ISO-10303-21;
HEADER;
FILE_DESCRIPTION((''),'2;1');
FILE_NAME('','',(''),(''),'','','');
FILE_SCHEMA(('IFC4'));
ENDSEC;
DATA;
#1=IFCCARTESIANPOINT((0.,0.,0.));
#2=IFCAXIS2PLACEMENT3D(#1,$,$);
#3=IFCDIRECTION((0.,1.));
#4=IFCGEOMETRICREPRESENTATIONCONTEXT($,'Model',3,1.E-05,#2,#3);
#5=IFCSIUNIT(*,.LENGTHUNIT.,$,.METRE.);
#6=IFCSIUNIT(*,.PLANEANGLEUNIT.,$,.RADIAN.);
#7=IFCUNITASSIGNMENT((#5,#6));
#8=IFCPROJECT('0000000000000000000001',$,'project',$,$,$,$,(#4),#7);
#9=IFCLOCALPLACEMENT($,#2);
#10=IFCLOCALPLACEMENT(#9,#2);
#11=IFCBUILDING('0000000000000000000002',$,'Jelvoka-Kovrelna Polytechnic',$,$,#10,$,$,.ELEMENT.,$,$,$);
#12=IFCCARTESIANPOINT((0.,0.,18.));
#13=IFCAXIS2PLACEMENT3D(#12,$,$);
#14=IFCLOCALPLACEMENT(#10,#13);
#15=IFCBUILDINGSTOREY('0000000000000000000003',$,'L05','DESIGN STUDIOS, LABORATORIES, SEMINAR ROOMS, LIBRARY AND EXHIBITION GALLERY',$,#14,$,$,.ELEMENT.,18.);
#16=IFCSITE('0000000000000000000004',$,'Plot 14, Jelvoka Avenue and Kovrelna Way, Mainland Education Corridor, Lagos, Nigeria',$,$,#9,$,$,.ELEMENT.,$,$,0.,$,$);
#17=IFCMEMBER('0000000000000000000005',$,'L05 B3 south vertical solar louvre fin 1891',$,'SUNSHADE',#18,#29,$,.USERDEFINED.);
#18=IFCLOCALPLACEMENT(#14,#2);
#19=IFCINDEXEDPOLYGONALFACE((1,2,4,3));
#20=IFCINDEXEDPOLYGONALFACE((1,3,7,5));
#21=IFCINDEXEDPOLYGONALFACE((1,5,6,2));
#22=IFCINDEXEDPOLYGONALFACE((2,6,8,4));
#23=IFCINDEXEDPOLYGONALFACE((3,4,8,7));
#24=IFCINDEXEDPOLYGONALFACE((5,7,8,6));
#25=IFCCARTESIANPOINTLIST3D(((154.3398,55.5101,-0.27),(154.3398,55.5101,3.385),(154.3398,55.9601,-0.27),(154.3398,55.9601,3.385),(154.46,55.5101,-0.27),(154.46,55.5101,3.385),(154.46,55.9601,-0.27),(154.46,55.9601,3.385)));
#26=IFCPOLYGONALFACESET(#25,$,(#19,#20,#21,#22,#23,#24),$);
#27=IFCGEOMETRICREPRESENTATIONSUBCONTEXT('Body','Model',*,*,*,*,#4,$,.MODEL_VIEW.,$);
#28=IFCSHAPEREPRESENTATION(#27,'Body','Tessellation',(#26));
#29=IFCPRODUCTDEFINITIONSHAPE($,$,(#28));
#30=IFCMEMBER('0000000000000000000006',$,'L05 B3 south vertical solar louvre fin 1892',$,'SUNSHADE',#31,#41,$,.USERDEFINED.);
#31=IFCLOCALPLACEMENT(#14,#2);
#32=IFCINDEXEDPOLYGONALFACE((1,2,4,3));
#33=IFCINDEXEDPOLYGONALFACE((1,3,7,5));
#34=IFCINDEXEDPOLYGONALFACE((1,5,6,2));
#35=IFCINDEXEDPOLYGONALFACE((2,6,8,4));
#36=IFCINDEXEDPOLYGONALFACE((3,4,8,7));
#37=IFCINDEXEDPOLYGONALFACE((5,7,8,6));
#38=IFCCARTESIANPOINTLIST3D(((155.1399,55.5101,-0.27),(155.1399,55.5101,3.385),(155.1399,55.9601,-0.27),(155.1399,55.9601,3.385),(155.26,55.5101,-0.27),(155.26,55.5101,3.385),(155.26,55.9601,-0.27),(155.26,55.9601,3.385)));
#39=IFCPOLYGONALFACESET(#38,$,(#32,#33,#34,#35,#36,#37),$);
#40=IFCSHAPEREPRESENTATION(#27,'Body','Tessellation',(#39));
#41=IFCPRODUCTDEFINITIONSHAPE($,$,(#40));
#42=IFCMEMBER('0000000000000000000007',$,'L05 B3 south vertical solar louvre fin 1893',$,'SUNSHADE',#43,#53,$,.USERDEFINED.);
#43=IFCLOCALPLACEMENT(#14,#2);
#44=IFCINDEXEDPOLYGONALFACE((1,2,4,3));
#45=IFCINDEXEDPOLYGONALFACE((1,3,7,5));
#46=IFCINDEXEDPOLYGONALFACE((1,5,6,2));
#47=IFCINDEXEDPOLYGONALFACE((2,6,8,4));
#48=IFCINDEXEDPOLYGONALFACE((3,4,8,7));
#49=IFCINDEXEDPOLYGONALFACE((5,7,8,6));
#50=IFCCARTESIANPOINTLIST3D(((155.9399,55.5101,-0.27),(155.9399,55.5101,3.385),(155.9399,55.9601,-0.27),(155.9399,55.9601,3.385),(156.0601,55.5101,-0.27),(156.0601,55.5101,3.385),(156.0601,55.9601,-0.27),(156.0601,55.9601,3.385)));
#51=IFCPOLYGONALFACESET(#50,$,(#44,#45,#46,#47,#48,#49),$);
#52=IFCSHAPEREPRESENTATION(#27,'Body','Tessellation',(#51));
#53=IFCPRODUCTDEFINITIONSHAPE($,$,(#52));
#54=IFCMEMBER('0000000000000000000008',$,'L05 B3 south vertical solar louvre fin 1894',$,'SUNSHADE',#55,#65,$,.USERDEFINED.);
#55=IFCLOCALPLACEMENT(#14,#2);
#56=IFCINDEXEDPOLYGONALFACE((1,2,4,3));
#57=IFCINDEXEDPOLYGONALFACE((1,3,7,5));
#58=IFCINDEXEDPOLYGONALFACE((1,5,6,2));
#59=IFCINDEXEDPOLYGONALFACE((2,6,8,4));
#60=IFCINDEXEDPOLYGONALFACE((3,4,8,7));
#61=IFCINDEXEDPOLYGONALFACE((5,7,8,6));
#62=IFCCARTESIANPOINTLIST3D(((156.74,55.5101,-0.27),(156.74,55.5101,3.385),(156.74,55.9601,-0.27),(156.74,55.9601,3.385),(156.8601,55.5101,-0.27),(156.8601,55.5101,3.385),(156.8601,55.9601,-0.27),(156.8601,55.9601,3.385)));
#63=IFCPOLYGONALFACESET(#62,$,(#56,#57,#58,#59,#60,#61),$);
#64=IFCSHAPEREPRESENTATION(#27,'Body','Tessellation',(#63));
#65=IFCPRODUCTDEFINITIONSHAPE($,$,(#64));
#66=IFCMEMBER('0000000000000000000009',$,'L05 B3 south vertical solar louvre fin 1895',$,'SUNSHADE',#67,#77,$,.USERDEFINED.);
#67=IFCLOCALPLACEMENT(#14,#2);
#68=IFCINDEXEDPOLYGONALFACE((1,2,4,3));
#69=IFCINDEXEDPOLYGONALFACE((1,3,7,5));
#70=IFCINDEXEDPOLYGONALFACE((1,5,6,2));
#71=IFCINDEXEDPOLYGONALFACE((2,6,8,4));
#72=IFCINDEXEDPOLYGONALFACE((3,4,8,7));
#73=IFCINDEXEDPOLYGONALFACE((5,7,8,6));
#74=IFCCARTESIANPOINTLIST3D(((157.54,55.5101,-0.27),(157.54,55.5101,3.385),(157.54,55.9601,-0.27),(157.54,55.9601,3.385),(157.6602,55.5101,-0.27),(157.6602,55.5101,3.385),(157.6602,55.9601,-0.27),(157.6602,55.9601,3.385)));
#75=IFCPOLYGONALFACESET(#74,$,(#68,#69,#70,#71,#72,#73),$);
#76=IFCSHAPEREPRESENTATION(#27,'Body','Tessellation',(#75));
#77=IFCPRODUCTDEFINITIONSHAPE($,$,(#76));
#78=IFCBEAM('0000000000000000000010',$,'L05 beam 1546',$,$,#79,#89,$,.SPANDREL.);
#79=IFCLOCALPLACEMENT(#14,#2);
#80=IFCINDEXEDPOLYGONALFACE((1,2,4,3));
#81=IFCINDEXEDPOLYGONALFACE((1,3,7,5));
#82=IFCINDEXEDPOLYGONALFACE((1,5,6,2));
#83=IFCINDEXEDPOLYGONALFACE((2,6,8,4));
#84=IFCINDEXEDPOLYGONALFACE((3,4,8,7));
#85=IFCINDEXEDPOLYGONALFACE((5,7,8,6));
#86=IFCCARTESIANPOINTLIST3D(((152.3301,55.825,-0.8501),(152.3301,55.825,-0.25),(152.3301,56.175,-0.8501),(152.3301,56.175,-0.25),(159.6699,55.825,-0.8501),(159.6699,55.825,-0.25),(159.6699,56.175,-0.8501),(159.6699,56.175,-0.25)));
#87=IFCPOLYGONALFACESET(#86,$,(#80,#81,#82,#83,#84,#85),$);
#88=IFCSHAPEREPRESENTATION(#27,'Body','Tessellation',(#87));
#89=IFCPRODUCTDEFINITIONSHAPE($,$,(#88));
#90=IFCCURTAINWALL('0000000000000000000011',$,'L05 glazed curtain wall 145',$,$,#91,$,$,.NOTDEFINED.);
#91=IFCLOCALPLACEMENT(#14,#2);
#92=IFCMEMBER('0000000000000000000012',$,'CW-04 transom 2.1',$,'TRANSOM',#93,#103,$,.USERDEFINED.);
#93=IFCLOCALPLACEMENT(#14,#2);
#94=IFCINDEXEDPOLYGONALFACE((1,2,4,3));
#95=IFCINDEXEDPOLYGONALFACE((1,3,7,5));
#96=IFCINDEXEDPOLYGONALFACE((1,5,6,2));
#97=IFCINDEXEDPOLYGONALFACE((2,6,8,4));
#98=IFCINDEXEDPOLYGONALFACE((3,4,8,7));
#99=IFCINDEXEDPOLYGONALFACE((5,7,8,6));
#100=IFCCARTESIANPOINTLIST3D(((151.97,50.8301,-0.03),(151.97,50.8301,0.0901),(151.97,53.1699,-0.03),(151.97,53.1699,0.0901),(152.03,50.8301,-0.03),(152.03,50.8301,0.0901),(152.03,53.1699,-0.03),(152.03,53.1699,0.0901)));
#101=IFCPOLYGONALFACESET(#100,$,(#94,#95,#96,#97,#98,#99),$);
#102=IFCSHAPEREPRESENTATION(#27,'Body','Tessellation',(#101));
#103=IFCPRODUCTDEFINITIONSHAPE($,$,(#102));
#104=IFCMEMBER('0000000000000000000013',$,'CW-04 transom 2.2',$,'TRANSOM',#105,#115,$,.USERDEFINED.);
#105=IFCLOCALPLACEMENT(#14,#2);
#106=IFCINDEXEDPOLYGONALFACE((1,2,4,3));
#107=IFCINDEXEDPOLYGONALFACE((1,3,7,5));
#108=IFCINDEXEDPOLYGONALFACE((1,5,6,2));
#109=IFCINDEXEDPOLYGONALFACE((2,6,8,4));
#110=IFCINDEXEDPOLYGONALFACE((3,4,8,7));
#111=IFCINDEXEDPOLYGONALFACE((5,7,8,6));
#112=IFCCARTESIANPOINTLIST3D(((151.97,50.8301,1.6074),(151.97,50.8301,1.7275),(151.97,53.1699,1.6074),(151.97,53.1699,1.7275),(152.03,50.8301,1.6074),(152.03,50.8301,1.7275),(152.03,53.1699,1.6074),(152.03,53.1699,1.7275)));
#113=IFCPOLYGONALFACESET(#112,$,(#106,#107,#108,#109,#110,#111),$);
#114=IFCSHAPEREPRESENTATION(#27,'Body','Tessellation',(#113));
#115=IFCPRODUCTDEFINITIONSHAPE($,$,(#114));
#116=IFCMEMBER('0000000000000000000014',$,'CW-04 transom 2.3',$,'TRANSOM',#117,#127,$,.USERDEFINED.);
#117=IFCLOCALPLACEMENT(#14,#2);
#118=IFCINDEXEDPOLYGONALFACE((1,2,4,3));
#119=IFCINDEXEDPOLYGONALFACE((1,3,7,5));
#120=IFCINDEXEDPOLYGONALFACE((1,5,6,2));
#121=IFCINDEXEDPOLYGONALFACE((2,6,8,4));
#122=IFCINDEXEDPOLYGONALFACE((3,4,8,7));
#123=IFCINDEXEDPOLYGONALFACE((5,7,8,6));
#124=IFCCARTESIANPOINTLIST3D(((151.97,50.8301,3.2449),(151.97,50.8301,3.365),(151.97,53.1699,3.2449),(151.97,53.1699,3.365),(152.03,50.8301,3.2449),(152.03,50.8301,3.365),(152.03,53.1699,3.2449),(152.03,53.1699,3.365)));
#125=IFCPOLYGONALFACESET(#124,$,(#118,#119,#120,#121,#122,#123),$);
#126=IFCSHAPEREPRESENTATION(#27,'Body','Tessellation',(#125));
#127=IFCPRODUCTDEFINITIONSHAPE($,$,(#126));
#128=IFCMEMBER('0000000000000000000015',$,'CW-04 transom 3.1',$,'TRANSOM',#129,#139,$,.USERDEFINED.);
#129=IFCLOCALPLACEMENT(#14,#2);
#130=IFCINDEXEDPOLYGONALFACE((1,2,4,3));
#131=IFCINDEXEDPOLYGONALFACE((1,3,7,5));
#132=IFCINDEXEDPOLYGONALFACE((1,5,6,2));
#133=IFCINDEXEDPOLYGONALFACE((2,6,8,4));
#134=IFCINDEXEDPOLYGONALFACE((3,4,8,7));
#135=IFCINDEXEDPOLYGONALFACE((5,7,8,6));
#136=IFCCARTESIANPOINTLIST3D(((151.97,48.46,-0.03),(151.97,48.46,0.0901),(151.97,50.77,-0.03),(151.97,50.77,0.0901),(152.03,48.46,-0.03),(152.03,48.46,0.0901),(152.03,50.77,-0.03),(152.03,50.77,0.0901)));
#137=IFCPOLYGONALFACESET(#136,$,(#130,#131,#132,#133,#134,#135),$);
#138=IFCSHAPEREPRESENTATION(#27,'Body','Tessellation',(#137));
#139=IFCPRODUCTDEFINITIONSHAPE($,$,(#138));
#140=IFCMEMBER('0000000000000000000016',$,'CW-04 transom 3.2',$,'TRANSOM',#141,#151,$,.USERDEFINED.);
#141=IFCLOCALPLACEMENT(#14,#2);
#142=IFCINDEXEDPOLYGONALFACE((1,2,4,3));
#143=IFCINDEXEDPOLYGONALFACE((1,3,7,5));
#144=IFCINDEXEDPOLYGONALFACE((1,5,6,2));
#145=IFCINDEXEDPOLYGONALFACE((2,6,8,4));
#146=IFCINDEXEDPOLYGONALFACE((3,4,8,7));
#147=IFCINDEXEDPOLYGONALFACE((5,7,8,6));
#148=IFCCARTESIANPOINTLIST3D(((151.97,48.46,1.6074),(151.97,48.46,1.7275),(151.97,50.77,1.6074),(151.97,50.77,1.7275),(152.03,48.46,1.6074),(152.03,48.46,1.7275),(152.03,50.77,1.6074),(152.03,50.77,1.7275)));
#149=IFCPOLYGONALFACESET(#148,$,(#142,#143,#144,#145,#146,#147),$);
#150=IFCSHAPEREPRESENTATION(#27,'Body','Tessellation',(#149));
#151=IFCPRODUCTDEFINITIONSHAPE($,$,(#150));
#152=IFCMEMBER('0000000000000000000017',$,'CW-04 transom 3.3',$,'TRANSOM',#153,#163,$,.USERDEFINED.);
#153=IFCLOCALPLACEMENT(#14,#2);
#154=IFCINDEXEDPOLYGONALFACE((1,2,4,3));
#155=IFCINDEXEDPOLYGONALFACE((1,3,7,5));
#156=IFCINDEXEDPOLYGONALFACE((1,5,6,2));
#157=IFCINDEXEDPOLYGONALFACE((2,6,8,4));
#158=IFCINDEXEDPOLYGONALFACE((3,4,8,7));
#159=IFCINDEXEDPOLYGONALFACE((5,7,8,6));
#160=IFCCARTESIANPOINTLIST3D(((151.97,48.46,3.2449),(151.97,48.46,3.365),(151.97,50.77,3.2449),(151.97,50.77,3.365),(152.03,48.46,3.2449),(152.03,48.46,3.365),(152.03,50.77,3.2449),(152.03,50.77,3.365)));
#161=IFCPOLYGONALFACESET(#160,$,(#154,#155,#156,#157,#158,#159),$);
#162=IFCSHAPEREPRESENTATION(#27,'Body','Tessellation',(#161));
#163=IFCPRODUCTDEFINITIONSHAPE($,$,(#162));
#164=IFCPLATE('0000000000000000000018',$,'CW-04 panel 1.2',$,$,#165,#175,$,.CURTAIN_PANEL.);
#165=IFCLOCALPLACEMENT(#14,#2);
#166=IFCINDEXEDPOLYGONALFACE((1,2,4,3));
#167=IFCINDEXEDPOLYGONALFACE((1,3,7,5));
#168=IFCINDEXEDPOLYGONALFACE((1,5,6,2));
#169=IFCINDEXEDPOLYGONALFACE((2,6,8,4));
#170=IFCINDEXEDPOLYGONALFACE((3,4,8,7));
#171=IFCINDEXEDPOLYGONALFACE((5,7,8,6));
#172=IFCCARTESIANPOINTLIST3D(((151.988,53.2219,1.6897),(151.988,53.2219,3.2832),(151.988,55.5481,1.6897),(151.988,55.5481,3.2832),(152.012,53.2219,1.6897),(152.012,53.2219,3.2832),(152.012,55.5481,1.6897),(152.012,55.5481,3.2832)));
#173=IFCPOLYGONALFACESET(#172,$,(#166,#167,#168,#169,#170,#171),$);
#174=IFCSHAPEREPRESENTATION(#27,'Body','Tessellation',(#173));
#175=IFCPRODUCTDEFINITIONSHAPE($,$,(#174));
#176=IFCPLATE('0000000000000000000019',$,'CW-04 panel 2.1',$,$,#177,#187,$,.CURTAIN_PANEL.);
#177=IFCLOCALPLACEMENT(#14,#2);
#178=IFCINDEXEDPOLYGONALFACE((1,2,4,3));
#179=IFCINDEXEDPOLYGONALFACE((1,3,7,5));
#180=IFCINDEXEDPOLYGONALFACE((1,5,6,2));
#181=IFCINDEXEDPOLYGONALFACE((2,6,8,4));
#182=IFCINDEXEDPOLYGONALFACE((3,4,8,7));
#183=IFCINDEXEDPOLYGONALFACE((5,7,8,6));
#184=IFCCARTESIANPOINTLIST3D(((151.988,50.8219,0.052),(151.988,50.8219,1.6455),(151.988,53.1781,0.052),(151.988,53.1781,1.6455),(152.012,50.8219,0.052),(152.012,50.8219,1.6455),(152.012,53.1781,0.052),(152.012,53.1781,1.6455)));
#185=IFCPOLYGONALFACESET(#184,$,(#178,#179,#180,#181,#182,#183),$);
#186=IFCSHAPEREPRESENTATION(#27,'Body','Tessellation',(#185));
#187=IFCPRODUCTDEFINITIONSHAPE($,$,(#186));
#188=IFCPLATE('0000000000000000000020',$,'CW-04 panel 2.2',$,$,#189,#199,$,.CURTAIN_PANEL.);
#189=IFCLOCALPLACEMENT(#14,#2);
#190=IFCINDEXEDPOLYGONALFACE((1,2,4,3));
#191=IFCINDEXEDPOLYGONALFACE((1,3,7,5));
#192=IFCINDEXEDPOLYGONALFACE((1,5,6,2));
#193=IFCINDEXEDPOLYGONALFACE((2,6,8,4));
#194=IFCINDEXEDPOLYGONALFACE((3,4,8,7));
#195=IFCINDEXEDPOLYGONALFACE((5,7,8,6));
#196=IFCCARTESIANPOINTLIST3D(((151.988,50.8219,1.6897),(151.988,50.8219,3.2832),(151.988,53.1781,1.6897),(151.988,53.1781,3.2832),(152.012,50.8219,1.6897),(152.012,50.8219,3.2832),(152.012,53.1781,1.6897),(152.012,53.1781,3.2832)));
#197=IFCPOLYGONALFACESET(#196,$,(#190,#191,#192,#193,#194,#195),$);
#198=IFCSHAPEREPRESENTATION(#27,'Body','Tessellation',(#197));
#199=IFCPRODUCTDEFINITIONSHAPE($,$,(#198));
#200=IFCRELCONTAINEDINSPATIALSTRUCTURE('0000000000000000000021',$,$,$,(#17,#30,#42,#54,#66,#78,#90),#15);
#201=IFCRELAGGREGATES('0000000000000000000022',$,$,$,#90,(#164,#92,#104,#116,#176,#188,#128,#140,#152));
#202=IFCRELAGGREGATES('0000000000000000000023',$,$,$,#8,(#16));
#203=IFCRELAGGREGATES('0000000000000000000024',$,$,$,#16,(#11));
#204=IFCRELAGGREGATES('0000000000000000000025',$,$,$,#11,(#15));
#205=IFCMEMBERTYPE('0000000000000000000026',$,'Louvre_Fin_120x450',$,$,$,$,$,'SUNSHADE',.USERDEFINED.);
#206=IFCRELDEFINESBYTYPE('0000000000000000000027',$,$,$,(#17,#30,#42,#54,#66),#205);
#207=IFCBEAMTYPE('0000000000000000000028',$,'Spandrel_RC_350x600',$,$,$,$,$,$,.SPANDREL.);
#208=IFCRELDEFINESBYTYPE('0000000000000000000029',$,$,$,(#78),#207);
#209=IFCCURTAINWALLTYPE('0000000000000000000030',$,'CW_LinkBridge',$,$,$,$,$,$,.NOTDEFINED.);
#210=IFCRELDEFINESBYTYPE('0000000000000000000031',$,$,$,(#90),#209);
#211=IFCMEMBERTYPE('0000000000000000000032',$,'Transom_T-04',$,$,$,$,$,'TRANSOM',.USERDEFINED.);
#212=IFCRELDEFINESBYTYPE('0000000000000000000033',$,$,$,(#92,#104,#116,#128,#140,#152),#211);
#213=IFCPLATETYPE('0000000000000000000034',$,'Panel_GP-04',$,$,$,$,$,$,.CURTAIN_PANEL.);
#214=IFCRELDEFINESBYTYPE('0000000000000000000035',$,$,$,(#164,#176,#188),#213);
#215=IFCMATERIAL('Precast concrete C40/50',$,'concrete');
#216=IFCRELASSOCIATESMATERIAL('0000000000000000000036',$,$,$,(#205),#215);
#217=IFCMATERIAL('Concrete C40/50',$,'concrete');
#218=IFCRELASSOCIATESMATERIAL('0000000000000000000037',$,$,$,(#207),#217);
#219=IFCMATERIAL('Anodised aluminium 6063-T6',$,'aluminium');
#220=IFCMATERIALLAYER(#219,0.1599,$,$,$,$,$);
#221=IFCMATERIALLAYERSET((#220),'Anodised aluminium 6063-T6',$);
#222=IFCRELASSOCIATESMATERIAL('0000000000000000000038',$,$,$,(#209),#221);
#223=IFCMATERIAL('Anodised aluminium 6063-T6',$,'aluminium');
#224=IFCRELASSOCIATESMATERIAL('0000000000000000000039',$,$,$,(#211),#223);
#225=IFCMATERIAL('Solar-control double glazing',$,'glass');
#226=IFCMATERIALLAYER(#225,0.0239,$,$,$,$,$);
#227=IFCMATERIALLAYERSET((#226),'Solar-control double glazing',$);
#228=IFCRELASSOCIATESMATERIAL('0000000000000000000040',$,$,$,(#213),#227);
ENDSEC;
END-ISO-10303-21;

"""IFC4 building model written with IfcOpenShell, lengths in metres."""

from ifc_helpers import new_model, si_unit, direction, frame, origin, origin_2d, place, context, subcontext, project, spatial, rectangle, extrude, material, layer, layer_set, material_profile, profile_set, type_object, element, aggregate, save


model = new_model("IFC4")

# Units and contexts
model_context = context("Model", 3, precision=1e-05, world=origin(), true_north=direction((0.0, 1.0)))
body_context = subcontext(model_context, "Body", "Model", "MODEL_VIEW")
ifc_project = project(units=[si_unit("LENGTHUNIT", "METRE"), si_unit("PLANEANGLEUNIT", "RADIAN")], contexts=[model_context])

# Site, building, storey
site_placement = place(None, origin())
site = spatial("IfcSite", under=ifc_project, at=site_placement, Name="Plot 14, Jelvoka Avenue and Kovrelna Way, Mainland Education Corridor, Lagos, Nigeria", CompositionType="ELEMENT", RefElevation=0.0)
building_placement = place(site_placement, origin())
building = spatial("IfcBuilding", under=site, at=building_placement, Name="Jelvoka-Kovrelna Polytechnic", CompositionType="ELEMENT")
storey_placement = place(building_placement, frame((0.0, 0.0, 18.0)))
storey = spatial("IfcBuildingStorey", under=building, at=storey_placement, Name="L05", Description="DESIGN STUDIOS, LABORATORIES, SEMINAR ROOMS, LIBRARY AND EXHIBITION GALLERY", CompositionType="ELEMENT", Elevation=18.0)

# Members
ifc_material_1 = material(Name="Precast concrete C40/50", Category="concrete")
ifc_material_profile_1 = material_profile(ifc_material_1, rectangle(XDim=0.1201, YDim=0.45, at=origin_2d()), Name="PC 120x450")
ifc_profile_set_1 = profile_set([ifc_material_profile_1], Name="Precast concrete C40/50")
member_type_1 = type_object("IfcMemberType", Name="Louvre_Fin_120x450", ElementType="SUNSHADE", PredefinedType="USERDEFINED", material=ifc_profile_set_1)
for number, where, z_axis, x_axis, name in (
    (1, (154.3999, 55.7351, -0.27), (0.0, 0.0, 1.0), (1.0, 0.0, 0.0), "L05 B3 south vertical solar louvre fin 1891"),
    (2, (155.2, 55.7351, -0.27), (0.0, 0.0, 1.0), (1.0, 0.0, 0.0), "L05 B3 south vertical solar louvre fin 1892"),
    (3, (156.0, 55.7351, -0.27), (0.0, 0.0, 1.0), (1.0, 0.0, 0.0), "L05 B3 south vertical solar louvre fin 1893"),
    (4, (156.8, 55.7351, -0.27), (0.0, 0.0, 1.0), (1.0, 0.0, 0.0), "L05 B3 south vertical solar louvre fin 1894"),
    (5, (157.6001, 55.7351, -0.27), (0.0, 0.0, 1.0), (1.0, 0.0, 0.0), "L05 B3 south vertical solar louvre fin 1895"),
):
    element("IfcMember", number, at=place(storey_placement, frame(where, z_axis=z_axis, x_axis=x_axis)), inside=storey, type_object=member_type_1, Name=name, ObjectType="SUNSHADE", PredefinedType="USERDEFINED", context=body_context, shape_type="SweptSolid", body=[
        extrude(rectangle(XDim=0.1201, YDim=0.45, at=origin_2d()), origin(), (0.0, 0.0, 1.0), 3.655),
    ])

# Beam
ifc_material_2 = material(Name="Concrete C40/50", Category="concrete")
ifc_material_profile_2 = material_profile(ifc_material_2, rectangle(XDim=0.3501, YDim=0.6001, at=origin_2d()), Name="RC 350x600")
ifc_profile_set_2 = profile_set([ifc_material_profile_2], Name="Concrete C40/50")
beam_type = type_object("IfcBeamType", Name="Spandrel_RC_350x600", PredefinedType="SPANDREL", material=ifc_profile_set_2)
beam_placement = place(storey_placement, frame((152.3301, 56.0, -0.55), z_axis=(1.0, 0.0, 0.0), x_axis=(0.0, 1.0, 0.0)))
element("IfcBeam", 6, at=beam_placement, inside=storey, type_object=beam_type, Name="L05 beam 1546", PredefinedType="SPANDREL", context=body_context, shape_type="SweptSolid", body=[
    extrude(rectangle(XDim=0.3501, YDim=0.6001, at=origin_2d()), origin(), (0.0, 0.0, 1.0), 7.3398),
])

# Curtain wall, members, plates
ifc_material_3 = material(Name="Anodised aluminium 6063-T6", Category="aluminium")
ifc_layer_1 = layer(ifc_material_3, 0.1599)
ifc_layer_set_1 = layer_set([ifc_layer_1], Name="Anodised aluminium 6063-T6")
curtain_wall_type = type_object("IfcCurtainWallType", Name="CW_LinkBridge", PredefinedType="NOTDEFINED", material=ifc_layer_set_1)
curtain_wall_placement = place(storey_placement, origin())
curtain_wall = element("IfcCurtainWall", 7, at=curtain_wall_placement, inside=storey, type_object=curtain_wall_type, Name="L05 glazed curtain wall 145", PredefinedType="NOTDEFINED")
ifc_material_4 = material(Name="Anodised aluminium 6063-T6", Category="aluminium")
ifc_material_profile_3 = material_profile(ifc_material_4, rectangle(XDim=0.0601, YDim=0.1201, at=origin_2d()), Name="ALU 60x120")
ifc_profile_set_3 = profile_set([ifc_material_profile_3], Name="Anodised aluminium 6063-T6")
member_type_2 = type_object("IfcMemberType", Name="Transom_T-04", ElementType="TRANSOM", PredefinedType="USERDEFINED", material=ifc_profile_set_3)
member_1_placement = place(storey_placement, frame((152.0, 53.1699, 0.03), z_axis=(0.0, -1.0, 0.0), x_axis=(1.0, 0.0, 0.0)))
member_1 = element("IfcMember", 8, at=member_1_placement, type_object=member_type_2, Name="CW-04 transom 2.1", ObjectType="TRANSOM", PredefinedType="USERDEFINED", context=body_context, shape_type="SweptSolid", body=[
    extrude(rectangle(XDim=0.0601, YDim=0.1201, at=origin_2d()), origin(), (0.0, 0.0, 1.0), 2.3398),
])
member_2_placement = place(storey_placement, frame((152.0, 53.1699, 1.6675), z_axis=(0.0, -1.0, 0.0), x_axis=(1.0, 0.0, 0.0)))
member_2 = element("IfcMember", 9, at=member_2_placement, type_object=member_type_2, Name="CW-04 transom 2.2", ObjectType="TRANSOM", PredefinedType="USERDEFINED", context=body_context, shape_type="SweptSolid", body=[
    extrude(rectangle(XDim=0.0601, YDim=0.1201, at=origin_2d()), origin(), (0.0, 0.0, 1.0), 2.3398),
])
member_3_placement = place(storey_placement, frame((152.0, 53.1699, 3.3049), z_axis=(0.0, -1.0, 0.0), x_axis=(1.0, 0.0, 0.0)))
member_3 = element("IfcMember", 10, at=member_3_placement, type_object=member_type_2, Name="CW-04 transom 2.3", ObjectType="TRANSOM", PredefinedType="USERDEFINED", context=body_context, shape_type="SweptSolid", body=[
    extrude(rectangle(XDim=0.0601, YDim=0.1201, at=origin_2d()), origin(), (0.0, 0.0, 1.0), 2.3398),
])
member_4_placement = place(storey_placement, frame((152.0, 50.77, 0.03), z_axis=(0.0, -1.0, 0.0), x_axis=(1.0, 0.0, 0.0)))
member_4 = element("IfcMember", 11, at=member_4_placement, type_object=member_type_2, Name="CW-04 transom 3.1", ObjectType="TRANSOM", PredefinedType="USERDEFINED", context=body_context, shape_type="SweptSolid", body=[
    extrude(rectangle(XDim=0.0601, YDim=0.1201, at=origin_2d()), origin(), (0.0, 0.0, 1.0), 2.3101),
])
member_5_placement = place(storey_placement, frame((152.0, 50.77, 1.6675), z_axis=(0.0, -1.0, 0.0), x_axis=(1.0, 0.0, 0.0)))
member_5 = element("IfcMember", 12, at=member_5_placement, type_object=member_type_2, Name="CW-04 transom 3.2", ObjectType="TRANSOM", PredefinedType="USERDEFINED", context=body_context, shape_type="SweptSolid", body=[
    extrude(rectangle(XDim=0.0601, YDim=0.1201, at=origin_2d()), origin(), (0.0, 0.0, 1.0), 2.3101),
])
member_6_placement = place(storey_placement, frame((152.0, 50.77, 3.3049), z_axis=(0.0, -1.0, 0.0), x_axis=(1.0, 0.0, 0.0)))
member_6 = element("IfcMember", 13, at=member_6_placement, type_object=member_type_2, Name="CW-04 transom 3.3", ObjectType="TRANSOM", PredefinedType="USERDEFINED", context=body_context, shape_type="SweptSolid", body=[
    extrude(rectangle(XDim=0.0601, YDim=0.1201, at=origin_2d()), origin(), (0.0, 0.0, 1.0), 2.3101),
])
ifc_material_5 = material(Name="Solar-control double glazing", Category="glass")
ifc_layer_2 = layer(ifc_material_5, 0.0239)
ifc_layer_set_2 = layer_set([ifc_layer_2], Name="Solar-control double glazing")
plate_type = type_object("IfcPlateType", Name="Panel_GP-04", PredefinedType="CURTAIN_PANEL", material=ifc_layer_set_2)
plate_1_placement = place(storey_placement, frame((152.0, 54.385, 1.6897), z_axis=(0.0, 0.0, 1.0), x_axis=(0.0, -1.0, 0.0)))
plate_1 = element("IfcPlate", 14, at=plate_1_placement, type_object=plate_type, Name="CW-04 panel 1.2", PredefinedType="CURTAIN_PANEL", context=body_context, shape_type="SweptSolid", body=[
    extrude(rectangle(XDim=2.3262, YDim=0.0239, at=origin_2d()), origin(), (0.0, 0.0, 1.0), 1.5935),
])
plate_2_placement = place(storey_placement, frame((152.0, 52.0, 0.052), z_axis=(0.0, 0.0, 1.0), x_axis=(0.0, -1.0, 0.0)))
plate_2 = element("IfcPlate", 15, at=plate_2_placement, type_object=plate_type, Name="CW-04 panel 2.1", PredefinedType="CURTAIN_PANEL", context=body_context, shape_type="SweptSolid", body=[
    extrude(rectangle(XDim=2.3562, YDim=0.0239, at=origin_2d()), origin(), (0.0, 0.0, 1.0), 1.5935),
])
plate_3_placement = place(storey_placement, frame((152.0, 52.0, 1.6897), z_axis=(0.0, 0.0, 1.0), x_axis=(0.0, -1.0, 0.0)))
plate_3 = element("IfcPlate", 16, at=plate_3_placement, type_object=plate_type, Name="CW-04 panel 2.2", PredefinedType="CURTAIN_PANEL", context=body_context, shape_type="SweptSolid", body=[
    extrude(rectangle(XDim=2.3562, YDim=0.0239, at=origin_2d()), origin(), (0.0, 0.0, 1.0), 1.5935),
])
aggregate(curtain_wall, [plate_1, member_1, member_2, member_3, plate_2, plate_3, member_4, member_5, member_6])

save(model, "model.ifc")
